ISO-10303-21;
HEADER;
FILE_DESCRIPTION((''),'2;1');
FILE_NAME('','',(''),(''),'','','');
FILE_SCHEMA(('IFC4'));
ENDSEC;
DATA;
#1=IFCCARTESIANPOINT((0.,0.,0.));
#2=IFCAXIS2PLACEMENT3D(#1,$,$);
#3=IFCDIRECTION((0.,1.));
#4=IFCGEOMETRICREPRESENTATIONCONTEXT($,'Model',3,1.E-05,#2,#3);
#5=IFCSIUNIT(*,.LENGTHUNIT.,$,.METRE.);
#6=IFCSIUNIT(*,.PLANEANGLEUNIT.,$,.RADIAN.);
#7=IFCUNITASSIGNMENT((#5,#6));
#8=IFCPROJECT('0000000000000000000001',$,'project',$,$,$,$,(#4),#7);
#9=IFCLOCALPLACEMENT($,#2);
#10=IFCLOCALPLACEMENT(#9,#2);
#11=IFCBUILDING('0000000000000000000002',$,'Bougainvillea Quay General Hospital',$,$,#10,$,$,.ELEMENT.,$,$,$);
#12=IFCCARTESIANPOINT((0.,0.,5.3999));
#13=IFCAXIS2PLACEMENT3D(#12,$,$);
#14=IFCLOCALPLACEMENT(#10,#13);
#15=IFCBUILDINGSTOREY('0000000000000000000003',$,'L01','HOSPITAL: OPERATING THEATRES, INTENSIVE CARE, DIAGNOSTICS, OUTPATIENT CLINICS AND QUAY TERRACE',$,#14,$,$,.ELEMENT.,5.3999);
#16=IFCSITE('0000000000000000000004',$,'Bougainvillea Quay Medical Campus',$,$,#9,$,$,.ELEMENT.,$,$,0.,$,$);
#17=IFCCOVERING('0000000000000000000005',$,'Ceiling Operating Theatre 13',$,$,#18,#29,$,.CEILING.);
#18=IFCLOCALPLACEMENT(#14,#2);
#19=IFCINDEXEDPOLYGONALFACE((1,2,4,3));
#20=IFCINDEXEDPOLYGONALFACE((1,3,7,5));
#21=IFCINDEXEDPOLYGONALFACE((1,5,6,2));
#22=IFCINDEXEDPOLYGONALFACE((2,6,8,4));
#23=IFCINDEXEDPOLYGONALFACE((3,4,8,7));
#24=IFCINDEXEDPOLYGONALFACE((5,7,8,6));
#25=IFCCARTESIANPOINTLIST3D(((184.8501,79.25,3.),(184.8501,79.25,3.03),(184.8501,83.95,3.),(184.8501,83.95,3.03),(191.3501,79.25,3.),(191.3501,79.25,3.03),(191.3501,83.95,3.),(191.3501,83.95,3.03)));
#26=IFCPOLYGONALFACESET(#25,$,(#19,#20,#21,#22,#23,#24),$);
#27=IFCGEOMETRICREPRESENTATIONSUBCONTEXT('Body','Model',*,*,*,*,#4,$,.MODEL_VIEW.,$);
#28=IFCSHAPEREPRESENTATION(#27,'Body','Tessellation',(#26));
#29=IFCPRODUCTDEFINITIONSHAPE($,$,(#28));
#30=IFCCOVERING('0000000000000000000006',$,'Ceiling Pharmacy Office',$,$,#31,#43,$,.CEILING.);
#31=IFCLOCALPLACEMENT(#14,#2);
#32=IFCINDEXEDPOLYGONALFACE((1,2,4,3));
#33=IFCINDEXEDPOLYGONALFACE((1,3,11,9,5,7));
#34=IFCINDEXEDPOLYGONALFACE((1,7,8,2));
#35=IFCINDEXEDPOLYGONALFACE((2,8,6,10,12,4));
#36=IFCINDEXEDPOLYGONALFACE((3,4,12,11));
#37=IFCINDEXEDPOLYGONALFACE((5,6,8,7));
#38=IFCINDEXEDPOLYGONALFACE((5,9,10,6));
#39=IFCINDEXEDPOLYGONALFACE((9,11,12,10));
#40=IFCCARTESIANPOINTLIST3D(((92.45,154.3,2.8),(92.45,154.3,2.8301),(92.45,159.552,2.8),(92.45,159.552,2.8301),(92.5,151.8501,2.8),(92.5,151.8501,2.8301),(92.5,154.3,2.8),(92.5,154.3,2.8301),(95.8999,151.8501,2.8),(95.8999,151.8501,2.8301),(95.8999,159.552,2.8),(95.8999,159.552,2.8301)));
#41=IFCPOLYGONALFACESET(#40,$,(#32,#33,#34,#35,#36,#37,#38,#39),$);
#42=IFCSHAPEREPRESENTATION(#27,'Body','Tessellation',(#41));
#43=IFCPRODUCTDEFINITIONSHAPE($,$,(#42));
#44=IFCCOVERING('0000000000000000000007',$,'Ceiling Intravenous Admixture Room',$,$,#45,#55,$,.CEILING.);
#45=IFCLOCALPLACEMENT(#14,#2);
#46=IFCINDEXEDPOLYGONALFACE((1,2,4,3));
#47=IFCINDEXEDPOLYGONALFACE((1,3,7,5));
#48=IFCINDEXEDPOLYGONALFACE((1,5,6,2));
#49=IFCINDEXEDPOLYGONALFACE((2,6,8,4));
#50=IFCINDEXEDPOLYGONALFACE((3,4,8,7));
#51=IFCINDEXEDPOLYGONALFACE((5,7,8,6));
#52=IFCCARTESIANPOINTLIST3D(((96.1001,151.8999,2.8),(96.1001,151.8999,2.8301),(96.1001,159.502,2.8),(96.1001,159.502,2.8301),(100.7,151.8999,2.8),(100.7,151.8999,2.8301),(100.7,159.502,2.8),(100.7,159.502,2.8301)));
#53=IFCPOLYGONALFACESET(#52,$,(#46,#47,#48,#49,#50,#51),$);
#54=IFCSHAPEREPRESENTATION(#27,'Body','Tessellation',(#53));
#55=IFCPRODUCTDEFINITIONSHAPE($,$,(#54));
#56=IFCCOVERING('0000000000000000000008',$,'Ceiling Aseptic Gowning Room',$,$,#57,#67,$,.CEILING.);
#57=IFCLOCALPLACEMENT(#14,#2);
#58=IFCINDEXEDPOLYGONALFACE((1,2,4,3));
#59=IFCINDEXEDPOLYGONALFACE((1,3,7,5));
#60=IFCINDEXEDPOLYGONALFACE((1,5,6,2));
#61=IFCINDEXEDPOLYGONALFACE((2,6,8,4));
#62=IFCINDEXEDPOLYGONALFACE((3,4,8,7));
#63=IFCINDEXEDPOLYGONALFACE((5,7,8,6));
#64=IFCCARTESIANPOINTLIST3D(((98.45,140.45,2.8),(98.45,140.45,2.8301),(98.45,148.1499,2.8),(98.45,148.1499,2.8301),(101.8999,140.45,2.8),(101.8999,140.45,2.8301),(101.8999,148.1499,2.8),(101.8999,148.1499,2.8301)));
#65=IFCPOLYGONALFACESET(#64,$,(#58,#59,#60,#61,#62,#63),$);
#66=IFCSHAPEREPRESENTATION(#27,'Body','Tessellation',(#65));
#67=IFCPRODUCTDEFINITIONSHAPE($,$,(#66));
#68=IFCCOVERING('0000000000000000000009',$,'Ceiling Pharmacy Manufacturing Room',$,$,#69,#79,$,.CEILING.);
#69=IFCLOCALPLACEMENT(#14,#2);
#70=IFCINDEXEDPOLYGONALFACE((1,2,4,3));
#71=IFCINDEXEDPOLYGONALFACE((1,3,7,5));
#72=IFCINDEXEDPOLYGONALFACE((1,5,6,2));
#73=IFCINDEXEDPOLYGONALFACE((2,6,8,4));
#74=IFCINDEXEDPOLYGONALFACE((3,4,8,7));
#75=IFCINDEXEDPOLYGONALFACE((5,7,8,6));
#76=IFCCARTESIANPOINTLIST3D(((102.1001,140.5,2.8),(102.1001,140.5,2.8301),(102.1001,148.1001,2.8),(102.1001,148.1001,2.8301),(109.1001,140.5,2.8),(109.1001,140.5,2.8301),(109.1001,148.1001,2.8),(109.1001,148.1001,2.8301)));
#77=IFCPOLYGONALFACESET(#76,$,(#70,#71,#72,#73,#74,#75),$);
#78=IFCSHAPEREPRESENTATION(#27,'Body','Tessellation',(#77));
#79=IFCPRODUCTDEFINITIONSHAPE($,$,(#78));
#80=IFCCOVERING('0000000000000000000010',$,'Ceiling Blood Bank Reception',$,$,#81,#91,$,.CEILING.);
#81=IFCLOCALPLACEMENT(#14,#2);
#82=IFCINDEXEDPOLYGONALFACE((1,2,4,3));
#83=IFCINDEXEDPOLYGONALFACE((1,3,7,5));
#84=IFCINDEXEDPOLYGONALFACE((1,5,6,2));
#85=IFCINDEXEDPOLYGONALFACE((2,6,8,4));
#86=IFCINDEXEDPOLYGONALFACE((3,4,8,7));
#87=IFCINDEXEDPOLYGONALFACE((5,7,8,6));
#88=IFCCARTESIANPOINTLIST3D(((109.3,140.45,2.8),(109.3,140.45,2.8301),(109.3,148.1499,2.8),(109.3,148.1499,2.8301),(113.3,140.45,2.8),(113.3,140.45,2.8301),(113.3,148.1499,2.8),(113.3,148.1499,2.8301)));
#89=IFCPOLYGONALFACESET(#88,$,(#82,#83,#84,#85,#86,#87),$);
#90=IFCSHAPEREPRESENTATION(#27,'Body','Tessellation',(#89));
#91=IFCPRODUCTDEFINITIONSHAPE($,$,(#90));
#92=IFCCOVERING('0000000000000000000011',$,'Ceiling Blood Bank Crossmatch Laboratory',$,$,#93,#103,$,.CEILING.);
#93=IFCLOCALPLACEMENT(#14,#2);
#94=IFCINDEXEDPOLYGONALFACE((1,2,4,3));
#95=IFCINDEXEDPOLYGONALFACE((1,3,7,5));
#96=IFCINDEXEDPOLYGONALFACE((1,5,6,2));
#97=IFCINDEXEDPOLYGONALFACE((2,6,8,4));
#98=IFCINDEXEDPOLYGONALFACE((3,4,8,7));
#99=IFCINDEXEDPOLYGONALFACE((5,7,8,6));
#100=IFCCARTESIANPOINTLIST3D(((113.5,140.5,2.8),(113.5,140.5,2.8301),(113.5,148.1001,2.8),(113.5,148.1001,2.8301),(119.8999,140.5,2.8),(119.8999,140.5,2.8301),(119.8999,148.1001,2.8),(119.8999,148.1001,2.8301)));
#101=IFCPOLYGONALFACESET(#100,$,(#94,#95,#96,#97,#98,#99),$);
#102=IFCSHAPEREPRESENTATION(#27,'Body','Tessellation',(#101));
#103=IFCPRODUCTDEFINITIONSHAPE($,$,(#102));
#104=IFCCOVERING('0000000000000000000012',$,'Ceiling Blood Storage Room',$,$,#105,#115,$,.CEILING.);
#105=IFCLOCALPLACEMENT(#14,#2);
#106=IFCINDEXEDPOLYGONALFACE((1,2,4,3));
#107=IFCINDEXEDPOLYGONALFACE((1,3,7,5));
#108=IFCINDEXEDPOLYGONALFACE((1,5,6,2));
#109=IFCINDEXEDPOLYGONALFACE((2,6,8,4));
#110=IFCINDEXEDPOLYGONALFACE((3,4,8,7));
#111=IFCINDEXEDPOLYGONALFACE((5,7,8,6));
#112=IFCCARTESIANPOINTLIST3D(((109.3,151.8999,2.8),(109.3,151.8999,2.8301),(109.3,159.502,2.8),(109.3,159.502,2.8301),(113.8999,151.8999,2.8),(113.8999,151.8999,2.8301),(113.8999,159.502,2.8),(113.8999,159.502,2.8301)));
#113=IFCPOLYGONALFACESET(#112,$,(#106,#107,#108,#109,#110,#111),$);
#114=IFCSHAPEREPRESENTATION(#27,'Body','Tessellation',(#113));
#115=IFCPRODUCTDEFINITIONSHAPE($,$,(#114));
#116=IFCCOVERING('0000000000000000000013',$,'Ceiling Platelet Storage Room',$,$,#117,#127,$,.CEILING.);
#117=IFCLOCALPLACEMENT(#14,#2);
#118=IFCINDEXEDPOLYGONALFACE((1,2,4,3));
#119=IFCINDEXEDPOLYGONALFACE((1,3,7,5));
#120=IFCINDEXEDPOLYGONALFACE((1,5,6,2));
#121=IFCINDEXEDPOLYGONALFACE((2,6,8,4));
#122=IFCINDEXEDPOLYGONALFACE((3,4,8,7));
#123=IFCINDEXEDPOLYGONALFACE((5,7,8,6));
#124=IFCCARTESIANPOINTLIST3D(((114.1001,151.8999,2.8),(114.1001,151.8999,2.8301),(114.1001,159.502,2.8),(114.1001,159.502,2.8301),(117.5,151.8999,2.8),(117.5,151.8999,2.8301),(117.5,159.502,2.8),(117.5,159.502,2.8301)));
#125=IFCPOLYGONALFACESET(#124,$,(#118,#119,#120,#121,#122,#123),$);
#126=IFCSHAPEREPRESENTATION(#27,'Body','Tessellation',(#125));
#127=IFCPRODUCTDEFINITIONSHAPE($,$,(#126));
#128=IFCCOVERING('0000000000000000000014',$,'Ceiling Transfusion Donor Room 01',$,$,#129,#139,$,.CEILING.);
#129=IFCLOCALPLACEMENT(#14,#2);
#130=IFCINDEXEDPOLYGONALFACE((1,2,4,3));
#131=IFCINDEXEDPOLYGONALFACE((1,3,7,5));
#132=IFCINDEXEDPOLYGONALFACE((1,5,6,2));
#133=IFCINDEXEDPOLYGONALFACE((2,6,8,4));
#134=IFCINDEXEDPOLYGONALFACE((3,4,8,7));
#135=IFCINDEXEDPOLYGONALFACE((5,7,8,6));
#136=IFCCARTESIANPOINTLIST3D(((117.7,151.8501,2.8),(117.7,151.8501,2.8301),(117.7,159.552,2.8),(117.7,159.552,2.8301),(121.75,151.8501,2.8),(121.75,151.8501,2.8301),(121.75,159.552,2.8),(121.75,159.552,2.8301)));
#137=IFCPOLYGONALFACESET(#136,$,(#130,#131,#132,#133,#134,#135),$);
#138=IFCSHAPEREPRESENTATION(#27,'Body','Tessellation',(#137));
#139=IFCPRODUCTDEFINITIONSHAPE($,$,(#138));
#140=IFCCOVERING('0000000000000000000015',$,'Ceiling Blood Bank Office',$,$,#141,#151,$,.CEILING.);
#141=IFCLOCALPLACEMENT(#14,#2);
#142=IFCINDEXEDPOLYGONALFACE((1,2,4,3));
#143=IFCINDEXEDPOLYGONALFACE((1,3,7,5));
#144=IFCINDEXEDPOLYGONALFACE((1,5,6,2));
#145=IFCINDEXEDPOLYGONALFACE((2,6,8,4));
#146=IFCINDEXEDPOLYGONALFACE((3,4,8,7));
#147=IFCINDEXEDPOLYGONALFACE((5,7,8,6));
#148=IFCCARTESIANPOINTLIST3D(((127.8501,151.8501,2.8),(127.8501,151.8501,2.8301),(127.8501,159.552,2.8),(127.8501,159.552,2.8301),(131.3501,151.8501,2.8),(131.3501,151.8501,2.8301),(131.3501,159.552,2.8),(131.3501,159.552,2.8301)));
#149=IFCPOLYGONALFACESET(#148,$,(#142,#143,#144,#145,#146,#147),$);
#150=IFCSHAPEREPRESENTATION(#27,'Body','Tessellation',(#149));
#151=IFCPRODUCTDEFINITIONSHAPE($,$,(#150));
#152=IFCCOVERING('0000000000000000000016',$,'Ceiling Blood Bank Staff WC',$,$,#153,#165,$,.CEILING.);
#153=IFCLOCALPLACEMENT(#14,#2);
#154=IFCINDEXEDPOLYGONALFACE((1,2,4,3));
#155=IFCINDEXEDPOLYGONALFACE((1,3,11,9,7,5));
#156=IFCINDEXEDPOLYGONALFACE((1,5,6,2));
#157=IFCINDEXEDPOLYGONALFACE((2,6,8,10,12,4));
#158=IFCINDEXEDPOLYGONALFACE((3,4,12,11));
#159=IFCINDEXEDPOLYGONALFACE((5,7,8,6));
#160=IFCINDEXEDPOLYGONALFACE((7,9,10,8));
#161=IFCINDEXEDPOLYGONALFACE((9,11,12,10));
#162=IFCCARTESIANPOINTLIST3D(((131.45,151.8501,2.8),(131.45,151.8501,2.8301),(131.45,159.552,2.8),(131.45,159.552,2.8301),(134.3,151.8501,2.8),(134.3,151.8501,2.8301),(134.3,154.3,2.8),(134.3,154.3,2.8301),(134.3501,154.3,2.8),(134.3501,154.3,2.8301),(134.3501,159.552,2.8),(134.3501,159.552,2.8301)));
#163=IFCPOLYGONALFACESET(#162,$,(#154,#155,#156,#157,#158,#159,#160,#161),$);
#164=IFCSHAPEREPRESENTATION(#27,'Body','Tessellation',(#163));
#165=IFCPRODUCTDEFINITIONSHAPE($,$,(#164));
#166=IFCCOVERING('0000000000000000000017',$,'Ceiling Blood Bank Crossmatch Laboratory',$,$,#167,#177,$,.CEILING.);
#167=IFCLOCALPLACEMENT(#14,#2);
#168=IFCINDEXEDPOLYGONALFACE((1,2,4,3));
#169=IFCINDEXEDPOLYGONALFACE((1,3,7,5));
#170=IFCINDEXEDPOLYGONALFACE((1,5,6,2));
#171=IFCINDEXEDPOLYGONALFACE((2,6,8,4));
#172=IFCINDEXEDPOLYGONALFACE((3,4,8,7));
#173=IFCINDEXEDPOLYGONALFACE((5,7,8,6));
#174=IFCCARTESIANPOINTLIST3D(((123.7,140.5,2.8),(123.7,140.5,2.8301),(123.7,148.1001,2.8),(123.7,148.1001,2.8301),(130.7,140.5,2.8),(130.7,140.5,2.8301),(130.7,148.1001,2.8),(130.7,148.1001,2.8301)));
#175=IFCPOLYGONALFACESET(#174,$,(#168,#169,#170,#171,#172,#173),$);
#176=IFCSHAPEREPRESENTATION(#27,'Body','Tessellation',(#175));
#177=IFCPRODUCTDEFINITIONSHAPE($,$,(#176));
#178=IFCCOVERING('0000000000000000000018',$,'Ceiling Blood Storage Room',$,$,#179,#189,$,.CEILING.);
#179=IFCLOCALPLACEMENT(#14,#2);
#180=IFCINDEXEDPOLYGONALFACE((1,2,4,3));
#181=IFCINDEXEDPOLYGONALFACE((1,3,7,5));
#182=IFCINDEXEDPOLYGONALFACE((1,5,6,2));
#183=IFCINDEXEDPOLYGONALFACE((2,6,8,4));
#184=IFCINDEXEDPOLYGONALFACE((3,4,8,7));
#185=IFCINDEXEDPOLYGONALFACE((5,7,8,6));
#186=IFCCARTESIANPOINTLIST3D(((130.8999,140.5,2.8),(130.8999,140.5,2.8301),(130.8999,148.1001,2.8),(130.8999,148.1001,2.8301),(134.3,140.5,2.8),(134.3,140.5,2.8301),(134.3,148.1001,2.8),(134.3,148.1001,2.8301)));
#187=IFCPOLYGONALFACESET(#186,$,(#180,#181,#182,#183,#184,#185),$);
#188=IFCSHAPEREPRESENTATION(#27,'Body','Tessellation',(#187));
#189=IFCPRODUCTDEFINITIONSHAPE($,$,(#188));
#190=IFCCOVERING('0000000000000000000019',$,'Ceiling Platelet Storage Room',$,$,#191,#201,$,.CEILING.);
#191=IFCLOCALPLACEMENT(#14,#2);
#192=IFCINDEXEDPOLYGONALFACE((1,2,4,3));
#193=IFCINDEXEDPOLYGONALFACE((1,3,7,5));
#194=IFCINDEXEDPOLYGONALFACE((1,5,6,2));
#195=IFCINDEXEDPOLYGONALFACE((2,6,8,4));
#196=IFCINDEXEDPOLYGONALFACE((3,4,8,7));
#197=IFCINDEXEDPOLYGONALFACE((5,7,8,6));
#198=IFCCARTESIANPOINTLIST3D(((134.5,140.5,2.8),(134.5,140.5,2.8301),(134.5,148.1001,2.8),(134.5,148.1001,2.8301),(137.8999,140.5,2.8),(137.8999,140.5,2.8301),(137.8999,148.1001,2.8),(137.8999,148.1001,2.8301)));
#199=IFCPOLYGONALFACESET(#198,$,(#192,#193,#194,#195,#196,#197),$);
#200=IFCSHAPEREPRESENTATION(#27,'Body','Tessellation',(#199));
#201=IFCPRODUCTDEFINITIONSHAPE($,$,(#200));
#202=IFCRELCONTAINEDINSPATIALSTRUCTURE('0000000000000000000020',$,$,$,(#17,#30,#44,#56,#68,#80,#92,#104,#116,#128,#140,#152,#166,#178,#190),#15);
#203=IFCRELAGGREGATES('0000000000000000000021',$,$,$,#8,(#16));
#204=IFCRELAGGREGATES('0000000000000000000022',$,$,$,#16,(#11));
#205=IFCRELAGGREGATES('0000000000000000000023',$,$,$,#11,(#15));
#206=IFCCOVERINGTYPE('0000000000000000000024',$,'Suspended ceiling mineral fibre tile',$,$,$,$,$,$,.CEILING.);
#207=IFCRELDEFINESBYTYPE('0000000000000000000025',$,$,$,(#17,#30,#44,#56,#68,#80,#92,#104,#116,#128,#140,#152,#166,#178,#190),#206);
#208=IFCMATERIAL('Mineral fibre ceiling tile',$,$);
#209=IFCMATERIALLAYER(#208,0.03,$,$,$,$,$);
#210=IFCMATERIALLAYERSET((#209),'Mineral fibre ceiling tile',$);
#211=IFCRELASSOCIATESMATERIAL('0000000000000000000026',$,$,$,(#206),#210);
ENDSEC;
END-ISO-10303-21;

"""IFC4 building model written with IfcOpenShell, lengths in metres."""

from ifc_helpers import new_model, si_unit, direction, frame, origin, place, context, subcontext, project, spatial, polyline, outline, extrude, material, layer, layer_set, type_object, element, save


model = new_model("IFC4")

# Units and contexts
model_context = context("Model", 3, precision=1e-05, world=origin(), true_north=direction((0.0, 1.0)))
body_context = subcontext(model_context, "Body", "Model", "MODEL_VIEW")
ifc_project = project(units=[si_unit("LENGTHUNIT", "METRE"), si_unit("PLANEANGLEUNIT", "RADIAN")], contexts=[model_context])

# Site, building, storey
site_placement = place(None, origin())
site = spatial("IfcSite", under=ifc_project, at=site_placement, Name="Bougainvillea Quay Medical Campus", CompositionType="ELEMENT", RefElevation=0.0)
building_placement = place(site_placement, origin())
building = spatial("IfcBuilding", under=site, at=building_placement, Name="Bougainvillea Quay General Hospital", CompositionType="ELEMENT")
storey_placement = place(building_placement, frame((0.0, 0.0, 5.3999)))
storey = spatial("IfcBuildingStorey", under=building, at=storey_placement, Name="L01", Description="HOSPITAL: OPERATING THEATRES, INTENSIVE CARE, DIAGNOSTICS, OUTPATIENT CLINICS AND QUAY TERRACE", CompositionType="ELEMENT", Elevation=5.3999)

# Coverings
ifc_material_1 = material(Name="Mineral fibre ceiling tile")
ifc_layer_1 = layer(ifc_material_1, 0.03)
ifc_layer_set_1 = layer_set([ifc_layer_1], Name="Mineral fibre ceiling tile")
covering_type_1 = type_object("IfcCoveringType", Name="Suspended ceiling mineral fibre tile", PredefinedType="CEILING", material=ifc_layer_set_1)
covering_1_placement = place(storey_placement, frame((0.0, 0.0, 3.0)))
element("IfcCovering", 1, at=covering_1_placement, inside=storey, type_object=covering_type_1, Name="Ceiling Operating Theatre 13", PredefinedType="CEILING", context=body_context, shape_type="SweptSolid", body=[
    extrude(outline(polyline([(191.3501, 83.95), (184.8501, 83.95), (184.8501, 79.25), (191.3501, 79.25), (191.3501, 83.95)])), origin(), (0.0, 0.0, 1.0), 0.03),
])
covering_2_placement = place(storey_placement, frame((0.0, 0.0, 2.8)))
element("IfcCovering", 2, at=covering_2_placement, inside=storey, type_object=covering_type_1, Name="Ceiling Pharmacy Office", PredefinedType="CEILING", context=body_context, shape_type="SweptSolid", body=[
    extrude(outline(polyline([(95.8999, 151.8501), (95.8999, 159.552), (92.45, 159.552), (92.45, 154.3), (92.5, 154.3), (92.5, 151.8501), (95.8999, 151.8501)])), origin(), (0.0, 0.0, 1.0), 0.03),
])
covering_3_placement = place(storey_placement, frame((0.0, 0.0, 2.8)))
element("IfcCovering", 3, at=covering_3_placement, inside=storey, type_object=covering_type_1, Name="Ceiling Intravenous Admixture Room", PredefinedType="CEILING", context=body_context, shape_type="SweptSolid", body=[
    extrude(outline(polyline([(96.1001, 151.8999), (100.7, 151.8999), (100.7, 159.502), (96.1001, 159.502), (96.1001, 151.8999)])), origin(), (0.0, 0.0, 1.0), 0.03),
])
covering_4_placement = place(storey_placement, frame((0.0, 0.0, 2.8)))
element("IfcCovering", 4, at=covering_4_placement, inside=storey, type_object=covering_type_1, Name="Ceiling Aseptic Gowning Room", PredefinedType="CEILING", context=body_context, shape_type="SweptSolid", body=[
    extrude(outline(polyline([(98.45, 140.45), (101.8999, 140.45), (101.8999, 148.1499), (98.45, 148.1499), (98.45, 140.45)])), origin(), (0.0, 0.0, 1.0), 0.03),
])
covering_5_placement = place(storey_placement, frame((0.0, 0.0, 2.8)))
element("IfcCovering", 5, at=covering_5_placement, inside=storey, type_object=covering_type_1, Name="Ceiling Pharmacy Manufacturing Room", PredefinedType="CEILING", context=body_context, shape_type="SweptSolid", body=[
    extrude(outline(polyline([(102.1001, 140.5), (109.1001, 140.5), (109.1001, 148.1001), (102.1001, 148.1001), (102.1001, 140.5)])), origin(), (0.0, 0.0, 1.0), 0.03),
])
covering_6_placement = place(storey_placement, frame((0.0, 0.0, 2.8)))
element("IfcCovering", 6, at=covering_6_placement, inside=storey, type_object=covering_type_1, Name="Ceiling Blood Bank Reception", PredefinedType="CEILING", context=body_context, shape_type="SweptSolid", body=[
    extrude(outline(polyline([(109.3, 148.1499), (109.3, 140.45), (113.3, 140.45), (113.3, 148.1499), (109.3, 148.1499)])), origin(), (0.0, 0.0, 1.0), 0.03),
])
covering_7_placement = place(storey_placement, frame((0.0, 0.0, 2.8)))
element("IfcCovering", 7, at=covering_7_placement, inside=storey, type_object=covering_type_1, Name="Ceiling Blood Bank Crossmatch Laboratory", PredefinedType="CEILING", context=body_context, shape_type="SweptSolid", body=[
    extrude(outline(polyline([(113.5, 140.5), (119.8999, 140.5), (119.8999, 148.1001), (113.5, 148.1001), (113.5, 140.5)])), origin(), (0.0, 0.0, 1.0), 0.03),
])
covering_8_placement = place(storey_placement, frame((0.0, 0.0, 2.8)))
element("IfcCovering", 8, at=covering_8_placement, inside=storey, type_object=covering_type_1, Name="Ceiling Blood Storage Room", PredefinedType="CEILING", context=body_context, shape_type="SweptSolid", body=[
    extrude(outline(polyline([(113.8999, 159.502), (109.3, 159.502), (109.3, 151.8999), (113.8999, 151.8999), (113.8999, 159.502)])), origin(), (0.0, 0.0, 1.0), 0.03),
])
covering_9_placement = place(storey_placement, frame((0.0, 0.0, 2.8)))
element("IfcCovering", 9, at=covering_9_placement, inside=storey, type_object=covering_type_1, Name="Ceiling Platelet Storage Room", PredefinedType="CEILING", context=body_context, shape_type="SweptSolid", body=[
    extrude(outline(polyline([(114.1001, 159.502), (114.1001, 151.8999), (117.5, 151.8999), (117.5, 159.502), (114.1001, 159.502)])), origin(), (0.0, 0.0, 1.0), 0.03),
])
covering_10_placement = place(storey_placement, frame((0.0, 0.0, 2.8)))
element("IfcCovering", 10, at=covering_10_placement, inside=storey, type_object=covering_type_1, Name="Ceiling Transfusion Donor Room 01", PredefinedType="CEILING", context=body_context, shape_type="SweptSolid", body=[
    extrude(outline(polyline([(121.75, 151.8501), (121.75, 159.552), (117.7, 159.552), (117.7, 151.8501), (121.75, 151.8501)])), origin(), (0.0, 0.0, 1.0), 0.03),
])
covering_11_placement = place(storey_placement, frame((0.0, 0.0, 2.8)))
element("IfcCovering", 11, at=covering_11_placement, inside=storey, type_object=covering_type_1, Name="Ceiling Blood Bank Office", PredefinedType="CEILING", context=body_context, shape_type="SweptSolid", body=[
    extrude(outline(polyline([(131.3501, 151.8501), (131.3501, 159.552), (127.8501, 159.552), (127.8501, 151.8501), (131.3501, 151.8501)])), origin(), (0.0, 0.0, 1.0), 0.03),
])
covering_12_placement = place(storey_placement, frame((0.0, 0.0, 2.8)))
element("IfcCovering", 12, at=covering_12_placement, inside=storey, type_object=covering_type_1, Name="Ceiling Blood Bank Staff WC", PredefinedType="CEILING", context=body_context, shape_type="SweptSolid", body=[
    extrude(outline(polyline([(134.3, 151.8501), (134.3, 154.3), (134.3501, 154.3), (134.3501, 159.552), (131.45, 159.552), (131.45, 151.8501), (134.3, 151.8501)])), origin(), (0.0, 0.0, 1.0), 0.03),
])
covering_13_placement = place(storey_placement, frame((0.0, 0.0, 2.8)))
element("IfcCovering", 13, at=covering_13_placement, inside=storey, type_object=covering_type_1, Name="Ceiling Blood Bank Crossmatch Laboratory", PredefinedType="CEILING", context=body_context, shape_type="SweptSolid", body=[
    extrude(outline(polyline([(130.7, 148.1001), (123.7, 148.1001), (123.7, 140.5), (130.7, 140.5), (130.7, 148.1001)])), origin(), (0.0, 0.0, 1.0), 0.03),
])
covering_14_placement = place(storey_placement, frame((0.0, 0.0, 2.8)))
element("IfcCovering", 14, at=covering_14_placement, inside=storey, type_object=covering_type_1, Name="Ceiling Blood Storage Room", PredefinedType="CEILING", context=body_context, shape_type="SweptSolid", body=[
    extrude(outline(polyline([(130.8999, 148.1001), (130.8999, 140.5), (134.3, 140.5), (134.3, 148.1001), (130.8999, 148.1001)])), origin(), (0.0, 0.0, 1.0), 0.03),
])
covering_15_placement = place(storey_placement, frame((0.0, 0.0, 2.8)))
element("IfcCovering", 15, at=covering_15_placement, inside=storey, type_object=covering_type_1, Name="Ceiling Platelet Storage Room", PredefinedType="CEILING", context=body_context, shape_type="SweptSolid", body=[
    extrude(outline(polyline([(134.5, 148.1001), (134.5, 140.5), (137.8999, 140.5), (137.8999, 148.1001), (134.5, 148.1001)])), origin(), (0.0, 0.0, 1.0), 0.03),
])

save(model, "model.ifc")
